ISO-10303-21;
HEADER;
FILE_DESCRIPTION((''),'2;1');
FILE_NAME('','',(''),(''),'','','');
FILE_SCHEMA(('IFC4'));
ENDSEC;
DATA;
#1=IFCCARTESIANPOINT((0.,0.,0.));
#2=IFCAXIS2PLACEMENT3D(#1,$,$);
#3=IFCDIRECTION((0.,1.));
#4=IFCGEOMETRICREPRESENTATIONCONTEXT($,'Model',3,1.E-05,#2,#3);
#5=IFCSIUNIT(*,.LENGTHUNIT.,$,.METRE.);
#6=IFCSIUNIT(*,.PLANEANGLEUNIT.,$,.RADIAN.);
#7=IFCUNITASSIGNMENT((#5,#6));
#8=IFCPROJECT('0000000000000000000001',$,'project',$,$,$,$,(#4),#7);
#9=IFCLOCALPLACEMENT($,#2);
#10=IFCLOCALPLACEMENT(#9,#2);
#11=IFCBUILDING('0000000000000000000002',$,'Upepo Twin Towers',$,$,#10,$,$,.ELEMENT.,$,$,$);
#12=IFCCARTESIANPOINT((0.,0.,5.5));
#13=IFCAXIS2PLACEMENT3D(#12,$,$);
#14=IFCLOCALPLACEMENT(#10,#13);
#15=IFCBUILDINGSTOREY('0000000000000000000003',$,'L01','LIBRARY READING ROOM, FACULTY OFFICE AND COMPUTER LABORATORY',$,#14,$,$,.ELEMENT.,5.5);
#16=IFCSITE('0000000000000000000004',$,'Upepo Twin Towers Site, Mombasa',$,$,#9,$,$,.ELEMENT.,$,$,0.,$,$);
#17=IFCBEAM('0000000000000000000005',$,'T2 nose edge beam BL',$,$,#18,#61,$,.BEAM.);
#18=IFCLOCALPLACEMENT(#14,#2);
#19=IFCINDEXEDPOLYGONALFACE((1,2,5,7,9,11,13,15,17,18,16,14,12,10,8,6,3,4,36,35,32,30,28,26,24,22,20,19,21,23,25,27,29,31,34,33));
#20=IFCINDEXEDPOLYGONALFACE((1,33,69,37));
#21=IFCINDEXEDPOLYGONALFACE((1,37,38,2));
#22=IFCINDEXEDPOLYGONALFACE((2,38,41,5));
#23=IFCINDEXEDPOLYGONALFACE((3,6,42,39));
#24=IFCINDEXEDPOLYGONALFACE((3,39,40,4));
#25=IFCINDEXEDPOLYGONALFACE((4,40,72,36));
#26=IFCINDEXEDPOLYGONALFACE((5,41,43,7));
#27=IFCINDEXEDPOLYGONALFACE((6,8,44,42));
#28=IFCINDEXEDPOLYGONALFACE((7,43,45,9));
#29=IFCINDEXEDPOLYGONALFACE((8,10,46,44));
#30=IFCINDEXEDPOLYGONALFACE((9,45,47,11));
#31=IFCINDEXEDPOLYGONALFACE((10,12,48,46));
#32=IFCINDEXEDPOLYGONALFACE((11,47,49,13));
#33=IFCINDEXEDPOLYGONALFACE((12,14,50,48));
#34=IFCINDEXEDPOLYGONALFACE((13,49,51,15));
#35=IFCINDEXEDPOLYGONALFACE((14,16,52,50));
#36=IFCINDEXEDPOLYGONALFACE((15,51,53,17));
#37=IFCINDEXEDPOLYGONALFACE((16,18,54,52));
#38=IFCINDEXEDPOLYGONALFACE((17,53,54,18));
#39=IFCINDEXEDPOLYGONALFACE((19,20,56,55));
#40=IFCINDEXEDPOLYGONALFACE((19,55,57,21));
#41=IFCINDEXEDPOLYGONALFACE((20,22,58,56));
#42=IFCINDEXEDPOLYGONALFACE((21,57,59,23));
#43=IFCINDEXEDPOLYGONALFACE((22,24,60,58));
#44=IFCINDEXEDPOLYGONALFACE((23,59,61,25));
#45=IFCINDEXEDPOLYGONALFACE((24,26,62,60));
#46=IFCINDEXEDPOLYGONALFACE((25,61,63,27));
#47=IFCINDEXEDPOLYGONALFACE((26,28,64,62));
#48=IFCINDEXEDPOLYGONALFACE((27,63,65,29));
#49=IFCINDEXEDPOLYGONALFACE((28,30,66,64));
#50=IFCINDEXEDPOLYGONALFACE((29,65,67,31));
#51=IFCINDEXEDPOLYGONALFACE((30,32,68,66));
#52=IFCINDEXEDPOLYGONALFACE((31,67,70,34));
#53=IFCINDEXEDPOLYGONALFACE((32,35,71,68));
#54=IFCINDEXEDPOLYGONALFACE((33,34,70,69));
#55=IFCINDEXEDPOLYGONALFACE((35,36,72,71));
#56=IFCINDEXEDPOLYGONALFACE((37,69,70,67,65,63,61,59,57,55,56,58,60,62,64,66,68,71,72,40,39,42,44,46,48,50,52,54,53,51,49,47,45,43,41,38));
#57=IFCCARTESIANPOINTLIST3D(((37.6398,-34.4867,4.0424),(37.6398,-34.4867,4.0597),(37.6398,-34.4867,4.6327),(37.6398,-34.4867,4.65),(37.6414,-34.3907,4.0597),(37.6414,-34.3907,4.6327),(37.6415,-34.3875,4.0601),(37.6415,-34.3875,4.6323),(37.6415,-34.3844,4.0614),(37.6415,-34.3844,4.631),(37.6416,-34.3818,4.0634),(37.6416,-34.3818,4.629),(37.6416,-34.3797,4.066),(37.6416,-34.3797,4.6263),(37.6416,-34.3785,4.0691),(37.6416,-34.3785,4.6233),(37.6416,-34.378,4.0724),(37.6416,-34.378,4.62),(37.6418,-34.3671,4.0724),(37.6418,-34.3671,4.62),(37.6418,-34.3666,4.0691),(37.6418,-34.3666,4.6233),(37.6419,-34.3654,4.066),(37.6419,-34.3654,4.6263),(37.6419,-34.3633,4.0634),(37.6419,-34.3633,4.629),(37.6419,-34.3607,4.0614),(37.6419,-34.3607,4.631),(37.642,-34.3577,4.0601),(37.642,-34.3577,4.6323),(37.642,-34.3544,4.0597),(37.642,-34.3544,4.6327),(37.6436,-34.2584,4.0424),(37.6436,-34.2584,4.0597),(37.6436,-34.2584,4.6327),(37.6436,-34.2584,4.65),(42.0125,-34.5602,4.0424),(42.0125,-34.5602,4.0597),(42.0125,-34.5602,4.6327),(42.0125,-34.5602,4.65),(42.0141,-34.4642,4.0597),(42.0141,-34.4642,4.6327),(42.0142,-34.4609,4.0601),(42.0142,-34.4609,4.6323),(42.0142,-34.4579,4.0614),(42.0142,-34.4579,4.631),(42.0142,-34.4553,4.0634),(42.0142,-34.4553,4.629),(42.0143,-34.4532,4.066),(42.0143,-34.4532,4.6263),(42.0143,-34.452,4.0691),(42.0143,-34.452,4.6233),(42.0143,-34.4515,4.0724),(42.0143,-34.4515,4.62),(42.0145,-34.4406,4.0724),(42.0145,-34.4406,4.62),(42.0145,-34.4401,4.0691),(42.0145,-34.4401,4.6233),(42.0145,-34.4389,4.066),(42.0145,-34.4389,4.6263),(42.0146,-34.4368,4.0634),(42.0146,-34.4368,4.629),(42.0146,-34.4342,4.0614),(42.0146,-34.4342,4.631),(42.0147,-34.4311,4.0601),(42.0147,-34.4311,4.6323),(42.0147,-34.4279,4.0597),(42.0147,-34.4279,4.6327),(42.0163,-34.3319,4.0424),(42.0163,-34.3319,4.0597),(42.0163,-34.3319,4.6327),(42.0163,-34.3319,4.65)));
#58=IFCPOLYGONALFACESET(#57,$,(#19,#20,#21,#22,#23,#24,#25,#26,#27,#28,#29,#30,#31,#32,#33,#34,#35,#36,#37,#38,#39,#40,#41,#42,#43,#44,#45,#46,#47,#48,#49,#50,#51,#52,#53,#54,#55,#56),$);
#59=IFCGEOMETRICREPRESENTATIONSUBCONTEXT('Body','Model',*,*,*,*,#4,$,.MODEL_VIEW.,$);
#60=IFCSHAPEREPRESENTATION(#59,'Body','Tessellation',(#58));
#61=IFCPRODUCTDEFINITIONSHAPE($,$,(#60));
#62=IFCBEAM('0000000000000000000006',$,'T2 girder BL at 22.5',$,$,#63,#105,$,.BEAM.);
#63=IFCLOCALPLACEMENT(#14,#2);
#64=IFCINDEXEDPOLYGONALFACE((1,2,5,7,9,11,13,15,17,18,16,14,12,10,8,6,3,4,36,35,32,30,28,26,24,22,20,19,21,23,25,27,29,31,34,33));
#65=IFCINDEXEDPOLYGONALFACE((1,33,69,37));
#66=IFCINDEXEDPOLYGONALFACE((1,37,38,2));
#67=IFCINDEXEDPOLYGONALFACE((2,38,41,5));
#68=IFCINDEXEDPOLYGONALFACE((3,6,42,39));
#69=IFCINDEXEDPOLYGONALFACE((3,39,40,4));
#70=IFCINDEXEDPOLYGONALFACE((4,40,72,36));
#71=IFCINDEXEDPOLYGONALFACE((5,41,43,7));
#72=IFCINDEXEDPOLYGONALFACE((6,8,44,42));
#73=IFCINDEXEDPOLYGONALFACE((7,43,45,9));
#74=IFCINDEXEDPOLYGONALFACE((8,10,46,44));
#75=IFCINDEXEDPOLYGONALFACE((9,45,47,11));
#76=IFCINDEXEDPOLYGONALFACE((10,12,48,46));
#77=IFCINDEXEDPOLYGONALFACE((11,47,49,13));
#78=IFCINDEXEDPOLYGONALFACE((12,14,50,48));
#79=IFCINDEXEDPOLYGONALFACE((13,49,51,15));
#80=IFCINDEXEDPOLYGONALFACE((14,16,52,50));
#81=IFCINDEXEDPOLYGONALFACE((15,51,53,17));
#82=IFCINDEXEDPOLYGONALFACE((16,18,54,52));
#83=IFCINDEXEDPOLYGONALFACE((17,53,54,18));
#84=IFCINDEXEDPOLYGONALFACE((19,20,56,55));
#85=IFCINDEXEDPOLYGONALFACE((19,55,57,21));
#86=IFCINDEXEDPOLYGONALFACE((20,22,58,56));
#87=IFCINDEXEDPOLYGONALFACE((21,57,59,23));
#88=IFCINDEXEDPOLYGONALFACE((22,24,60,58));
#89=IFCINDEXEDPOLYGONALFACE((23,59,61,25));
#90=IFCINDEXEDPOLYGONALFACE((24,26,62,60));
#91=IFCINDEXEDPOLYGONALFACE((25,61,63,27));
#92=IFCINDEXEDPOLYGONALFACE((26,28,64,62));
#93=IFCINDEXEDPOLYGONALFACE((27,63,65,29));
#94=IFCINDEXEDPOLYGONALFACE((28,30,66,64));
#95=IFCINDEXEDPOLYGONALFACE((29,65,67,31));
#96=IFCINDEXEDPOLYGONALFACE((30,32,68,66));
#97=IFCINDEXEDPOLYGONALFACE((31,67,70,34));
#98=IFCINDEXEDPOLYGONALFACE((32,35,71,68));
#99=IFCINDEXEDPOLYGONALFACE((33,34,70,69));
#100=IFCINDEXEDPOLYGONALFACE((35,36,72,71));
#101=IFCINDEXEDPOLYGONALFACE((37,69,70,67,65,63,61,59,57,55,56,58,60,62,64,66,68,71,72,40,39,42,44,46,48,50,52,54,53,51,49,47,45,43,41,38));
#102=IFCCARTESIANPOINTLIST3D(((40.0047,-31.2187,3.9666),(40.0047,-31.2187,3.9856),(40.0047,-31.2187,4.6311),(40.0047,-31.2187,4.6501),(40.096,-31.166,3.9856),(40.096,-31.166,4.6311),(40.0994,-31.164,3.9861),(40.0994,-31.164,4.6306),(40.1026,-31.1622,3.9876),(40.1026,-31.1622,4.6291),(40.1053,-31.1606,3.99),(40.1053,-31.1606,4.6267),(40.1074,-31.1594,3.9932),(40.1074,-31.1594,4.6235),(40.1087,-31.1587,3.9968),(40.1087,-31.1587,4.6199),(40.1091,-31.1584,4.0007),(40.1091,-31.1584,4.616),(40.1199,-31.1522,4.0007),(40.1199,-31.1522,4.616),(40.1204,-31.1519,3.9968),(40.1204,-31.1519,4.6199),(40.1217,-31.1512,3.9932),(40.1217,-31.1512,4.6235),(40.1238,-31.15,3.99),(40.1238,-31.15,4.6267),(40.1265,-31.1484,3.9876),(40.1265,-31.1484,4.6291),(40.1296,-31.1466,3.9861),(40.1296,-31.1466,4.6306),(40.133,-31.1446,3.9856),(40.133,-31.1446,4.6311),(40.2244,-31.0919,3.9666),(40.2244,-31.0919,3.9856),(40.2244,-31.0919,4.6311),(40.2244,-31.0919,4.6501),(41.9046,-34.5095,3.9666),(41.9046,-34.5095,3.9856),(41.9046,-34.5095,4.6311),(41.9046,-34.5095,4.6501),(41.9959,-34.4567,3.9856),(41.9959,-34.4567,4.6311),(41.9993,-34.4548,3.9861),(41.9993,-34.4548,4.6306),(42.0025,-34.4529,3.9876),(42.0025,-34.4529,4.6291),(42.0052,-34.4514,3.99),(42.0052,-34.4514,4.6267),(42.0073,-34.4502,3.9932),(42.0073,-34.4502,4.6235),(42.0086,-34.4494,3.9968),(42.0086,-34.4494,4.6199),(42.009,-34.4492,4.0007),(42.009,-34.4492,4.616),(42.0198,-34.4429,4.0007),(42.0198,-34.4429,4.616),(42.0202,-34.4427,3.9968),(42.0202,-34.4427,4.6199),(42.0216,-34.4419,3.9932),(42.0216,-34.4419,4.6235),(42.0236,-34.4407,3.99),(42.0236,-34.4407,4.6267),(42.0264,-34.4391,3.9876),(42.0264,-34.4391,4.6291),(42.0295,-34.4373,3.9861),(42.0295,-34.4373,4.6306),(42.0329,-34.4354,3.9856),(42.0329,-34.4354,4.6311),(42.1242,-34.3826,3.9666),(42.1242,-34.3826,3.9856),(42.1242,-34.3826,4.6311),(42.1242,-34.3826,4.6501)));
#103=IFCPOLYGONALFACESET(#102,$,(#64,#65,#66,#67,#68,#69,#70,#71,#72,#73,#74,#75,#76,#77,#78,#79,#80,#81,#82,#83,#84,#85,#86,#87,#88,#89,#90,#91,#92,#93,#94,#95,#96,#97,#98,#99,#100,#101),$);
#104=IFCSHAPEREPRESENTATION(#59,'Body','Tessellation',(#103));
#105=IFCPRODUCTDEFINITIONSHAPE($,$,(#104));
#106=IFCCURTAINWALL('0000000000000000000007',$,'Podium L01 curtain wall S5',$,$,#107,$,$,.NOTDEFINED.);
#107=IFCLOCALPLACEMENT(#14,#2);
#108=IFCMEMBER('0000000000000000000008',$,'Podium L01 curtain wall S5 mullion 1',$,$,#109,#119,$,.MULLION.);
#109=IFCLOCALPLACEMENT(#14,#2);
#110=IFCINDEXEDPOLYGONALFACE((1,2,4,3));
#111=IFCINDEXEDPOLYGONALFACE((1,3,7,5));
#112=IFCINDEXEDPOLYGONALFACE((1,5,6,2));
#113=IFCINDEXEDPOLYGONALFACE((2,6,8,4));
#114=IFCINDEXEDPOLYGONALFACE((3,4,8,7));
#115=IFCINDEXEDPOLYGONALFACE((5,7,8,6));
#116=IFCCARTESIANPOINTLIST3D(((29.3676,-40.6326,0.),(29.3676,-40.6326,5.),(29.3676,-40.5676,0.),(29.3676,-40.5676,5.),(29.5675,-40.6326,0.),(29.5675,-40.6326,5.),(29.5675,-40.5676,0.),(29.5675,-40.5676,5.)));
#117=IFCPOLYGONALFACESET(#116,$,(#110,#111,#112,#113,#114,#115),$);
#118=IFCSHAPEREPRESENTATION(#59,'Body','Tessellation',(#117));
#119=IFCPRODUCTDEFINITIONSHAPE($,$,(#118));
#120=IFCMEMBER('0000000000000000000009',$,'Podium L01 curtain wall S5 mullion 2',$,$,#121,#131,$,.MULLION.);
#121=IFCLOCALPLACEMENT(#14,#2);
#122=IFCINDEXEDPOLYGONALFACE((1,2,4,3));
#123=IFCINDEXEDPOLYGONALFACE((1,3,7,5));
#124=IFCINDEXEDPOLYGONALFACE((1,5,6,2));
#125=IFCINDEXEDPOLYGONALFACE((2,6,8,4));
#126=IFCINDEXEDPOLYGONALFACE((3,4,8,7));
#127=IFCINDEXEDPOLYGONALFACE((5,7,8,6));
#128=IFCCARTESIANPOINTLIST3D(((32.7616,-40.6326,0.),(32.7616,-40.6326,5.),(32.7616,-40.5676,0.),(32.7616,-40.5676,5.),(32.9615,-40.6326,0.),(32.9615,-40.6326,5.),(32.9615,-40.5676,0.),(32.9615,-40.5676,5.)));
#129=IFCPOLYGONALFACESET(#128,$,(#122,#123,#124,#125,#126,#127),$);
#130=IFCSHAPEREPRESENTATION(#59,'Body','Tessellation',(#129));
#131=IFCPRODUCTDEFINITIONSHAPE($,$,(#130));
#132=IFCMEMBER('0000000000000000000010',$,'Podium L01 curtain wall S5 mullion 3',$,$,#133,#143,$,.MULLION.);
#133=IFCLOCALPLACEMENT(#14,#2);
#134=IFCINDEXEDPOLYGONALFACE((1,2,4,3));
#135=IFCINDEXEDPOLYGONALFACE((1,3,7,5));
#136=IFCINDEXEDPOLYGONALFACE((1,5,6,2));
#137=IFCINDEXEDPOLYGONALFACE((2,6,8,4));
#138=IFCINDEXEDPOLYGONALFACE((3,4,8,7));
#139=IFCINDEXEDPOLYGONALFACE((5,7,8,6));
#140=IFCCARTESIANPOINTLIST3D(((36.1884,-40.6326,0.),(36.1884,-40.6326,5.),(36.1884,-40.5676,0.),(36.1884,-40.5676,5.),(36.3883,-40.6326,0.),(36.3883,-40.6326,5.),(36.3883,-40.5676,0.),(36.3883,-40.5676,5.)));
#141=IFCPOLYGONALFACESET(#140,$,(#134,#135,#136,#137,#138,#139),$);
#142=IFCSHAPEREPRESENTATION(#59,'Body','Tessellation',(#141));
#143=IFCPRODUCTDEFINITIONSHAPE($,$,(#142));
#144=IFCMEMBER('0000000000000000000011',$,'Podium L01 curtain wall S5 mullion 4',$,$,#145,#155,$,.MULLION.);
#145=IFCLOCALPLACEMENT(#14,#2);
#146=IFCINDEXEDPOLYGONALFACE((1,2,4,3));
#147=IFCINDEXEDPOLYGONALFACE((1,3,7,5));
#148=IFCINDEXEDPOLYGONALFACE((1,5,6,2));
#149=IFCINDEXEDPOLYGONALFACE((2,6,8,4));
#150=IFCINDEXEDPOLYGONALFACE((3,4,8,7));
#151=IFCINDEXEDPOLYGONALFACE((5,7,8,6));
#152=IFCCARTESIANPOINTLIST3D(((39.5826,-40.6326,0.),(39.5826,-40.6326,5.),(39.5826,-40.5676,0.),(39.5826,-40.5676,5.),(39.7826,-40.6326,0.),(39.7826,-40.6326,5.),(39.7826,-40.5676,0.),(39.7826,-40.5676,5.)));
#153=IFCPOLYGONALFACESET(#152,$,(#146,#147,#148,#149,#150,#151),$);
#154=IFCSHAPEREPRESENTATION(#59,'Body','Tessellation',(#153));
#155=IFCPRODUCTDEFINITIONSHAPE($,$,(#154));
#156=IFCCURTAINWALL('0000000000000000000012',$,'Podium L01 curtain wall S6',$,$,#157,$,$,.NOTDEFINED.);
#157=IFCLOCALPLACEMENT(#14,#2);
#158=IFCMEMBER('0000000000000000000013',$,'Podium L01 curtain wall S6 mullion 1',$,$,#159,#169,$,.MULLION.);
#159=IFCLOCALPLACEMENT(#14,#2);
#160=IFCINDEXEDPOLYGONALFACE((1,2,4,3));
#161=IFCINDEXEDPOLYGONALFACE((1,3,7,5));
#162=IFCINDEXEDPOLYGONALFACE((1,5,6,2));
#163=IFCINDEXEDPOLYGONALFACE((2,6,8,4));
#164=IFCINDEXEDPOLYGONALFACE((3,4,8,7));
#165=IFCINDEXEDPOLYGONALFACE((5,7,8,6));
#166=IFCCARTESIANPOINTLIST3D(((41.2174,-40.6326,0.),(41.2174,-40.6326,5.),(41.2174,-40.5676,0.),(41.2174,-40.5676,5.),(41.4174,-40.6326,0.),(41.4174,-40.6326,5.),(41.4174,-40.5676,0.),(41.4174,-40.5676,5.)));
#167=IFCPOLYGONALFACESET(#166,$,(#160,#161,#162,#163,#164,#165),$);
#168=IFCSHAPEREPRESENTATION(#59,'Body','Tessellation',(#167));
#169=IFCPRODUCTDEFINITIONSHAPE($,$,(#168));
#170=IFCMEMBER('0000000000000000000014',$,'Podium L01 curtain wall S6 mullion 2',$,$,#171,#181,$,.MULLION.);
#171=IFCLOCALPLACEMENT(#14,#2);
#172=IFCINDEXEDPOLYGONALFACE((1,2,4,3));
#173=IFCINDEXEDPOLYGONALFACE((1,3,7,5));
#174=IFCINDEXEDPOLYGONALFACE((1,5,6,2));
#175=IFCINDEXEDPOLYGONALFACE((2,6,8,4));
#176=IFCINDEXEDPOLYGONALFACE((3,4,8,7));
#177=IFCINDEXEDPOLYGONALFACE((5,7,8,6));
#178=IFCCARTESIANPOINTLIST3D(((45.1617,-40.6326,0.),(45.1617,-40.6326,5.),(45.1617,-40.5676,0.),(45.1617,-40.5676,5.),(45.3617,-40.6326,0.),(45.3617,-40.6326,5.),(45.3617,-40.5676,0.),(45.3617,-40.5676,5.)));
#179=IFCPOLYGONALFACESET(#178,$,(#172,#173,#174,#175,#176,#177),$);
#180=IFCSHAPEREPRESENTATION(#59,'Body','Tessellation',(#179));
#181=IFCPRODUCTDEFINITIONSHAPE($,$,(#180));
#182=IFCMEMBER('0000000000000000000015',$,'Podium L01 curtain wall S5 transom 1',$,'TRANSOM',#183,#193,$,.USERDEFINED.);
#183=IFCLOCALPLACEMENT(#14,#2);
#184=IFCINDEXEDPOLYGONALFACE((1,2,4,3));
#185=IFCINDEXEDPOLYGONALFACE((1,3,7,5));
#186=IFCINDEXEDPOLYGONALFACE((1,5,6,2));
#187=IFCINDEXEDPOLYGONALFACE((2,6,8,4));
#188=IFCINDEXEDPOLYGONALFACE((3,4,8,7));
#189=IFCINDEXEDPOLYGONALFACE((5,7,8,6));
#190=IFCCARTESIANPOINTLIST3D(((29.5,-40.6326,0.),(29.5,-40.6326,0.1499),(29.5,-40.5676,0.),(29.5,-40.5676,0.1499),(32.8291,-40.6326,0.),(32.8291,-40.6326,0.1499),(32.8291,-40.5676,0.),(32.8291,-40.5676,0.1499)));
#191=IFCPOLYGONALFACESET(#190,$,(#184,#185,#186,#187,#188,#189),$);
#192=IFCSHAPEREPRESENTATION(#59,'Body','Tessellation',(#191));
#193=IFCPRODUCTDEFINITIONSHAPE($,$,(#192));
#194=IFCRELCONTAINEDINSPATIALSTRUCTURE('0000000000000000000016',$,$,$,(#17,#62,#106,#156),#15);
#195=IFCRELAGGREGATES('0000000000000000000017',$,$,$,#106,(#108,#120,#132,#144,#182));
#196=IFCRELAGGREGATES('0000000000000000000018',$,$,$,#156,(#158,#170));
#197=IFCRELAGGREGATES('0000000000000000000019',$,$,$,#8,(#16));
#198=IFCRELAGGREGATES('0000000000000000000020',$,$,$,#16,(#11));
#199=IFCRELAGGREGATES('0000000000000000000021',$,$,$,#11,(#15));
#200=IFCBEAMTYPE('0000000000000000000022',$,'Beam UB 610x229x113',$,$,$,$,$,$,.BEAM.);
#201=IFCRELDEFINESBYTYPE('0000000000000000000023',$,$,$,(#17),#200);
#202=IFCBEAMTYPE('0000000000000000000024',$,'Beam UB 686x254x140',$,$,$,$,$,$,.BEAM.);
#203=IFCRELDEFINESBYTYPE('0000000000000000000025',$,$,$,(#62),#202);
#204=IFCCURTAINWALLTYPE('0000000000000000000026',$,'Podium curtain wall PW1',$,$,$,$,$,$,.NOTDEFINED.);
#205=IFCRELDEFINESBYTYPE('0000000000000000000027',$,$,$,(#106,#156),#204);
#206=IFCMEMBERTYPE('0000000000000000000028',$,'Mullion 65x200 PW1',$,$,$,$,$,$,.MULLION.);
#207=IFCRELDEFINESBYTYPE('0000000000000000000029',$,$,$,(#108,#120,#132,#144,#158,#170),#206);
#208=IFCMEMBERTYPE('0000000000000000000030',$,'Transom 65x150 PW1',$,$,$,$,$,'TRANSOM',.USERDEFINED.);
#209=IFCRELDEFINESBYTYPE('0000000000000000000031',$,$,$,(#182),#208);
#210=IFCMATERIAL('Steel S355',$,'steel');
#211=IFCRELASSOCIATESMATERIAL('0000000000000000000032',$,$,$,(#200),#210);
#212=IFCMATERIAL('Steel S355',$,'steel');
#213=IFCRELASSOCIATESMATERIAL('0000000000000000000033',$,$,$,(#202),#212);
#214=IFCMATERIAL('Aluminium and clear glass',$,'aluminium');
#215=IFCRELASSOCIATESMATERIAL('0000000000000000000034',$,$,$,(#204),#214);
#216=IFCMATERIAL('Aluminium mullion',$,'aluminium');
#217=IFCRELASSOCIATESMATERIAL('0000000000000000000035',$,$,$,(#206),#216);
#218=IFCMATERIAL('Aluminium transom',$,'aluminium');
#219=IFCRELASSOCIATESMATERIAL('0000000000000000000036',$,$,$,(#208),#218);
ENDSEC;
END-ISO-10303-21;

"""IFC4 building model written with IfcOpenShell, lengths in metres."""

from ifc_helpers import new_model, si_unit, direction, frame, origin, origin_2d, place, context, subcontext, project, spatial, rectangle, i_section, extrude, material, material_profile, profile_set, type_object, element, aggregate, save


model = new_model("IFC4")

# Units and contexts
model_context = context("Model", 3, precision=1e-05, world=origin(), true_north=direction((0.0, 1.0)))
body_context = subcontext(model_context, "Body", "Model", "MODEL_VIEW")
ifc_project = project(units=[si_unit("LENGTHUNIT", "METRE"), si_unit("PLANEANGLEUNIT", "RADIAN")], contexts=[model_context])

# Site, building, storey
site_placement = place(None, origin())
site = spatial("IfcSite", under=ifc_project, at=site_placement, Name="Upepo Twin Towers Site, Mombasa", CompositionType="ELEMENT", RefElevation=0.0)
building_placement = place(site_placement, origin())
building = spatial("IfcBuilding", under=site, at=building_placement, Name="Upepo Twin Towers", CompositionType="ELEMENT")
storey_placement = place(building_placement, frame((0.0, 0.0, 5.5)))
storey = spatial("IfcBuildingStorey", under=building, at=storey_placement, Name="L01", Description="LIBRARY READING ROOM, FACULTY OFFICE AND COMPUTER LABORATORY", CompositionType="ELEMENT", Elevation=5.5)

# Beams
ifc_material_1 = material(Name="Steel S355", Category="steel")
ifc_material_profile_1 = material_profile(ifc_material_1, i_section(OverallWidth=0.2283, OverallDepth=0.6077, WebThickness=0.011, FlangeThickness=0.0173, FilletRadius=0.0127, at=origin_2d()), Name="UB 610x229x113")
ifc_profile_set_1 = profile_set([ifc_material_profile_1], Name="Steel S355")
beam_type_1 = type_object("IfcBeamType", Name="Beam UB 610x229x113", PredefinedType="BEAM", material=ifc_profile_set_1)
beam_1_placement = place(storey_placement, frame((42.0144, -34.446, 4.3462), z_axis=(-0.999859, 0.016804, 0.0), x_axis=(-0.016804, -0.999859, 0.0)))
element("IfcBeam", 1, at=beam_1_placement, inside=storey, type_object=beam_type_1, Name="T2 nose edge beam BL", PredefinedType="BEAM", context=body_context, shape_type="SweptSolid", body=[
    extrude(i_section(OverallWidth=0.2283, OverallDepth=0.6077, WebThickness=0.011, FlangeThickness=0.0173, FilletRadius=0.0127, at=origin_2d()), origin(), (0.0, 0.0, 1.0), 4.3733),
])
ifc_material_2 = material(Name="Steel S355", Category="steel")
ifc_material_profile_2 = material_profile(ifc_material_2, i_section(OverallWidth=0.2537, OverallDepth=0.6836, WebThickness=0.0125, FlangeThickness=0.019, FilletRadius=0.0151, at=origin_2d()), Name="UB 686x254x140")
ifc_profile_set_2 = profile_set([ifc_material_profile_2], Name="Steel S355")
beam_type_2 = type_object("IfcBeamType", Name="Beam UB 686x254x140", PredefinedType="BEAM", material=ifc_profile_set_2)
beam_2_placement = place(storey_placement, frame((42.0144, -34.446, 4.3083), z_axis=(-0.499995, 0.866028, 0.0), x_axis=(-0.866028, -0.499995, 0.0)))
element("IfcBeam", 2, at=beam_2_placement, inside=storey, type_object=beam_type_2, Name="T2 girder BL at 22.5", PredefinedType="BEAM", context=body_context, shape_type="SweptSolid", body=[
    extrude(i_section(OverallWidth=0.2537, OverallDepth=0.6836, WebThickness=0.0125, FlangeThickness=0.019, FilletRadius=0.0151, at=origin_2d()), origin(), (0.0, 0.0, 1.0), 3.7998),
])

# Curtain walls, members
ifc_material_3 = material(Name="Aluminium and clear glass", Category="aluminium")
curtain_wall_type = type_object("IfcCurtainWallType", Name="Podium curtain wall PW1", PredefinedType="NOTDEFINED", material=ifc_material_3)
curtain_wall_1_placement = place(storey_placement, origin())
curtain_wall_1 = element("IfcCurtainWall", 3, at=curtain_wall_1_placement, inside=storey, type_object=curtain_wall_type, Name="Podium L01 curtain wall S5", PredefinedType="NOTDEFINED")
ifc_material_4 = material(Name="Aluminium mullion", Category="aluminium")
ifc_material_profile_3 = material_profile(ifc_material_4, rectangle(XDim=0.0649, YDim=0.2, at=origin_2d()), Name="MULLION 65x200 PODIUM")
ifc_profile_set_3 = profile_set([ifc_material_profile_3], Name="Aluminium mullion")
member_type_1 = type_object("IfcMemberType", Name="Mullion 65x200 PW1", PredefinedType="MULLION", material=ifc_profile_set_3)
member_1_placement = place(storey_placement, frame((29.4675, -40.6001, 0.0), z_axis=(0.0, 0.0, 1.0), x_axis=(0.0, 1.0, 0.0)))
member_1 = element("IfcMember", 4, at=member_1_placement, type_object=member_type_1, Name="Podium L01 curtain wall S5 mullion 1", PredefinedType="MULLION", context=body_context, shape_type="SweptSolid", body=[
    extrude(rectangle(XDim=0.0649, YDim=0.2, at=origin_2d()), origin(), (0.0, 0.0, 1.0), 5.0),
])
member_2_placement = place(storey_placement, frame((32.8616, -40.6001, 0.0), z_axis=(0.0, 0.0, 1.0), x_axis=(0.0, 1.0, 0.0)))
member_2 = element("IfcMember", 5, at=member_2_placement, type_object=member_type_1, Name="Podium L01 curtain wall S5 mullion 2", PredefinedType="MULLION", context=body_context, shape_type="SweptSolid", body=[
    extrude(rectangle(XDim=0.0649, YDim=0.2, at=origin_2d()), origin(), (0.0, 0.0, 1.0), 5.0),
])
member_3_placement = place(storey_placement, frame((36.2883, -40.6001, 0.0), z_axis=(0.0, 0.0, 1.0), x_axis=(0.0, 1.0, 0.0)))
member_3 = element("IfcMember", 6, at=member_3_placement, type_object=member_type_1, Name="Podium L01 curtain wall S5 mullion 3", PredefinedType="MULLION", context=body_context, shape_type="SweptSolid", body=[
    extrude(rectangle(XDim=0.0649, YDim=0.2, at=origin_2d()), origin(), (0.0, 0.0, 1.0), 5.0),
])
member_4_placement = place(storey_placement, frame((39.6826, -40.6001, 0.0), z_axis=(0.0, 0.0, 1.0), x_axis=(0.0, 1.0, 0.0)))
member_4 = element("IfcMember", 7, at=member_4_placement, type_object=member_type_1, Name="Podium L01 curtain wall S5 mullion 4", PredefinedType="MULLION", context=body_context, shape_type="SweptSolid", body=[
    extrude(rectangle(XDim=0.0649, YDim=0.2, at=origin_2d()), origin(), (0.0, 0.0, 1.0), 5.0),
])
curtain_wall_2_placement = place(storey_placement, origin())
curtain_wall_2 = element("IfcCurtainWall", 8, at=curtain_wall_2_placement, inside=storey, type_object=curtain_wall_type, Name="Podium L01 curtain wall S6", PredefinedType="NOTDEFINED")
member_5_placement = place(storey_placement, frame((41.3174, -40.6001, 0.0), z_axis=(0.0, 0.0, 1.0), x_axis=(0.0, 1.0, 0.0)))
member_5 = element("IfcMember", 9, at=member_5_placement, type_object=member_type_1, Name="Podium L01 curtain wall S6 mullion 1", PredefinedType="MULLION", context=body_context, shape_type="SweptSolid", body=[
    extrude(rectangle(XDim=0.0649, YDim=0.2, at=origin_2d()), origin(), (0.0, 0.0, 1.0), 5.0),
])
member_6_placement = place(storey_placement, frame((45.2617, -40.6001, 0.0), z_axis=(0.0, 0.0, 1.0), x_axis=(0.0, 1.0, 0.0)))
member_6 = element("IfcMember", 10, at=member_6_placement, type_object=member_type_1, Name="Podium L01 curtain wall S6 mullion 2", PredefinedType="MULLION", context=body_context, shape_type="SweptSolid", body=[
    extrude(rectangle(XDim=0.0649, YDim=0.2, at=origin_2d()), origin(), (0.0, 0.0, 1.0), 5.0),
])

# Member
ifc_material_5 = material(Name="Aluminium transom", Category="aluminium")
ifc_material_profile_4 = material_profile(ifc_material_5, rectangle(XDim=0.0649, YDim=0.1499, at=origin_2d()), Name="TRANSOM 65x150 PODIUM")
ifc_profile_set_4 = profile_set([ifc_material_profile_4], Name="Aluminium transom")
member_type_2 = type_object("IfcMemberType", Name="Transom 65x150 PW1", ElementType="TRANSOM", PredefinedType="USERDEFINED", material=ifc_profile_set_4)
member_7_placement = place(storey_placement, frame((29.5, -40.6001, 0.075), z_axis=(1.0, 0.0, 0.0), x_axis=(0.0, 1.0, 0.0)))
member_7 = element("IfcMember", 11, at=member_7_placement, type_object=member_type_2, Name="Podium L01 curtain wall S5 transom 1", ObjectType="TRANSOM", PredefinedType="USERDEFINED", context=body_context, shape_type="SweptSolid", body=[
    extrude(rectangle(XDim=0.0649, YDim=0.1499, at=origin_2d()), origin(), (0.0, 0.0, 1.0), 3.3291),
])

aggregate(curtain_wall_1, [member_1, member_2, member_3, member_4, member_7])
aggregate(curtain_wall_2, [member_5, member_6])

save(model, "model.ifc")
